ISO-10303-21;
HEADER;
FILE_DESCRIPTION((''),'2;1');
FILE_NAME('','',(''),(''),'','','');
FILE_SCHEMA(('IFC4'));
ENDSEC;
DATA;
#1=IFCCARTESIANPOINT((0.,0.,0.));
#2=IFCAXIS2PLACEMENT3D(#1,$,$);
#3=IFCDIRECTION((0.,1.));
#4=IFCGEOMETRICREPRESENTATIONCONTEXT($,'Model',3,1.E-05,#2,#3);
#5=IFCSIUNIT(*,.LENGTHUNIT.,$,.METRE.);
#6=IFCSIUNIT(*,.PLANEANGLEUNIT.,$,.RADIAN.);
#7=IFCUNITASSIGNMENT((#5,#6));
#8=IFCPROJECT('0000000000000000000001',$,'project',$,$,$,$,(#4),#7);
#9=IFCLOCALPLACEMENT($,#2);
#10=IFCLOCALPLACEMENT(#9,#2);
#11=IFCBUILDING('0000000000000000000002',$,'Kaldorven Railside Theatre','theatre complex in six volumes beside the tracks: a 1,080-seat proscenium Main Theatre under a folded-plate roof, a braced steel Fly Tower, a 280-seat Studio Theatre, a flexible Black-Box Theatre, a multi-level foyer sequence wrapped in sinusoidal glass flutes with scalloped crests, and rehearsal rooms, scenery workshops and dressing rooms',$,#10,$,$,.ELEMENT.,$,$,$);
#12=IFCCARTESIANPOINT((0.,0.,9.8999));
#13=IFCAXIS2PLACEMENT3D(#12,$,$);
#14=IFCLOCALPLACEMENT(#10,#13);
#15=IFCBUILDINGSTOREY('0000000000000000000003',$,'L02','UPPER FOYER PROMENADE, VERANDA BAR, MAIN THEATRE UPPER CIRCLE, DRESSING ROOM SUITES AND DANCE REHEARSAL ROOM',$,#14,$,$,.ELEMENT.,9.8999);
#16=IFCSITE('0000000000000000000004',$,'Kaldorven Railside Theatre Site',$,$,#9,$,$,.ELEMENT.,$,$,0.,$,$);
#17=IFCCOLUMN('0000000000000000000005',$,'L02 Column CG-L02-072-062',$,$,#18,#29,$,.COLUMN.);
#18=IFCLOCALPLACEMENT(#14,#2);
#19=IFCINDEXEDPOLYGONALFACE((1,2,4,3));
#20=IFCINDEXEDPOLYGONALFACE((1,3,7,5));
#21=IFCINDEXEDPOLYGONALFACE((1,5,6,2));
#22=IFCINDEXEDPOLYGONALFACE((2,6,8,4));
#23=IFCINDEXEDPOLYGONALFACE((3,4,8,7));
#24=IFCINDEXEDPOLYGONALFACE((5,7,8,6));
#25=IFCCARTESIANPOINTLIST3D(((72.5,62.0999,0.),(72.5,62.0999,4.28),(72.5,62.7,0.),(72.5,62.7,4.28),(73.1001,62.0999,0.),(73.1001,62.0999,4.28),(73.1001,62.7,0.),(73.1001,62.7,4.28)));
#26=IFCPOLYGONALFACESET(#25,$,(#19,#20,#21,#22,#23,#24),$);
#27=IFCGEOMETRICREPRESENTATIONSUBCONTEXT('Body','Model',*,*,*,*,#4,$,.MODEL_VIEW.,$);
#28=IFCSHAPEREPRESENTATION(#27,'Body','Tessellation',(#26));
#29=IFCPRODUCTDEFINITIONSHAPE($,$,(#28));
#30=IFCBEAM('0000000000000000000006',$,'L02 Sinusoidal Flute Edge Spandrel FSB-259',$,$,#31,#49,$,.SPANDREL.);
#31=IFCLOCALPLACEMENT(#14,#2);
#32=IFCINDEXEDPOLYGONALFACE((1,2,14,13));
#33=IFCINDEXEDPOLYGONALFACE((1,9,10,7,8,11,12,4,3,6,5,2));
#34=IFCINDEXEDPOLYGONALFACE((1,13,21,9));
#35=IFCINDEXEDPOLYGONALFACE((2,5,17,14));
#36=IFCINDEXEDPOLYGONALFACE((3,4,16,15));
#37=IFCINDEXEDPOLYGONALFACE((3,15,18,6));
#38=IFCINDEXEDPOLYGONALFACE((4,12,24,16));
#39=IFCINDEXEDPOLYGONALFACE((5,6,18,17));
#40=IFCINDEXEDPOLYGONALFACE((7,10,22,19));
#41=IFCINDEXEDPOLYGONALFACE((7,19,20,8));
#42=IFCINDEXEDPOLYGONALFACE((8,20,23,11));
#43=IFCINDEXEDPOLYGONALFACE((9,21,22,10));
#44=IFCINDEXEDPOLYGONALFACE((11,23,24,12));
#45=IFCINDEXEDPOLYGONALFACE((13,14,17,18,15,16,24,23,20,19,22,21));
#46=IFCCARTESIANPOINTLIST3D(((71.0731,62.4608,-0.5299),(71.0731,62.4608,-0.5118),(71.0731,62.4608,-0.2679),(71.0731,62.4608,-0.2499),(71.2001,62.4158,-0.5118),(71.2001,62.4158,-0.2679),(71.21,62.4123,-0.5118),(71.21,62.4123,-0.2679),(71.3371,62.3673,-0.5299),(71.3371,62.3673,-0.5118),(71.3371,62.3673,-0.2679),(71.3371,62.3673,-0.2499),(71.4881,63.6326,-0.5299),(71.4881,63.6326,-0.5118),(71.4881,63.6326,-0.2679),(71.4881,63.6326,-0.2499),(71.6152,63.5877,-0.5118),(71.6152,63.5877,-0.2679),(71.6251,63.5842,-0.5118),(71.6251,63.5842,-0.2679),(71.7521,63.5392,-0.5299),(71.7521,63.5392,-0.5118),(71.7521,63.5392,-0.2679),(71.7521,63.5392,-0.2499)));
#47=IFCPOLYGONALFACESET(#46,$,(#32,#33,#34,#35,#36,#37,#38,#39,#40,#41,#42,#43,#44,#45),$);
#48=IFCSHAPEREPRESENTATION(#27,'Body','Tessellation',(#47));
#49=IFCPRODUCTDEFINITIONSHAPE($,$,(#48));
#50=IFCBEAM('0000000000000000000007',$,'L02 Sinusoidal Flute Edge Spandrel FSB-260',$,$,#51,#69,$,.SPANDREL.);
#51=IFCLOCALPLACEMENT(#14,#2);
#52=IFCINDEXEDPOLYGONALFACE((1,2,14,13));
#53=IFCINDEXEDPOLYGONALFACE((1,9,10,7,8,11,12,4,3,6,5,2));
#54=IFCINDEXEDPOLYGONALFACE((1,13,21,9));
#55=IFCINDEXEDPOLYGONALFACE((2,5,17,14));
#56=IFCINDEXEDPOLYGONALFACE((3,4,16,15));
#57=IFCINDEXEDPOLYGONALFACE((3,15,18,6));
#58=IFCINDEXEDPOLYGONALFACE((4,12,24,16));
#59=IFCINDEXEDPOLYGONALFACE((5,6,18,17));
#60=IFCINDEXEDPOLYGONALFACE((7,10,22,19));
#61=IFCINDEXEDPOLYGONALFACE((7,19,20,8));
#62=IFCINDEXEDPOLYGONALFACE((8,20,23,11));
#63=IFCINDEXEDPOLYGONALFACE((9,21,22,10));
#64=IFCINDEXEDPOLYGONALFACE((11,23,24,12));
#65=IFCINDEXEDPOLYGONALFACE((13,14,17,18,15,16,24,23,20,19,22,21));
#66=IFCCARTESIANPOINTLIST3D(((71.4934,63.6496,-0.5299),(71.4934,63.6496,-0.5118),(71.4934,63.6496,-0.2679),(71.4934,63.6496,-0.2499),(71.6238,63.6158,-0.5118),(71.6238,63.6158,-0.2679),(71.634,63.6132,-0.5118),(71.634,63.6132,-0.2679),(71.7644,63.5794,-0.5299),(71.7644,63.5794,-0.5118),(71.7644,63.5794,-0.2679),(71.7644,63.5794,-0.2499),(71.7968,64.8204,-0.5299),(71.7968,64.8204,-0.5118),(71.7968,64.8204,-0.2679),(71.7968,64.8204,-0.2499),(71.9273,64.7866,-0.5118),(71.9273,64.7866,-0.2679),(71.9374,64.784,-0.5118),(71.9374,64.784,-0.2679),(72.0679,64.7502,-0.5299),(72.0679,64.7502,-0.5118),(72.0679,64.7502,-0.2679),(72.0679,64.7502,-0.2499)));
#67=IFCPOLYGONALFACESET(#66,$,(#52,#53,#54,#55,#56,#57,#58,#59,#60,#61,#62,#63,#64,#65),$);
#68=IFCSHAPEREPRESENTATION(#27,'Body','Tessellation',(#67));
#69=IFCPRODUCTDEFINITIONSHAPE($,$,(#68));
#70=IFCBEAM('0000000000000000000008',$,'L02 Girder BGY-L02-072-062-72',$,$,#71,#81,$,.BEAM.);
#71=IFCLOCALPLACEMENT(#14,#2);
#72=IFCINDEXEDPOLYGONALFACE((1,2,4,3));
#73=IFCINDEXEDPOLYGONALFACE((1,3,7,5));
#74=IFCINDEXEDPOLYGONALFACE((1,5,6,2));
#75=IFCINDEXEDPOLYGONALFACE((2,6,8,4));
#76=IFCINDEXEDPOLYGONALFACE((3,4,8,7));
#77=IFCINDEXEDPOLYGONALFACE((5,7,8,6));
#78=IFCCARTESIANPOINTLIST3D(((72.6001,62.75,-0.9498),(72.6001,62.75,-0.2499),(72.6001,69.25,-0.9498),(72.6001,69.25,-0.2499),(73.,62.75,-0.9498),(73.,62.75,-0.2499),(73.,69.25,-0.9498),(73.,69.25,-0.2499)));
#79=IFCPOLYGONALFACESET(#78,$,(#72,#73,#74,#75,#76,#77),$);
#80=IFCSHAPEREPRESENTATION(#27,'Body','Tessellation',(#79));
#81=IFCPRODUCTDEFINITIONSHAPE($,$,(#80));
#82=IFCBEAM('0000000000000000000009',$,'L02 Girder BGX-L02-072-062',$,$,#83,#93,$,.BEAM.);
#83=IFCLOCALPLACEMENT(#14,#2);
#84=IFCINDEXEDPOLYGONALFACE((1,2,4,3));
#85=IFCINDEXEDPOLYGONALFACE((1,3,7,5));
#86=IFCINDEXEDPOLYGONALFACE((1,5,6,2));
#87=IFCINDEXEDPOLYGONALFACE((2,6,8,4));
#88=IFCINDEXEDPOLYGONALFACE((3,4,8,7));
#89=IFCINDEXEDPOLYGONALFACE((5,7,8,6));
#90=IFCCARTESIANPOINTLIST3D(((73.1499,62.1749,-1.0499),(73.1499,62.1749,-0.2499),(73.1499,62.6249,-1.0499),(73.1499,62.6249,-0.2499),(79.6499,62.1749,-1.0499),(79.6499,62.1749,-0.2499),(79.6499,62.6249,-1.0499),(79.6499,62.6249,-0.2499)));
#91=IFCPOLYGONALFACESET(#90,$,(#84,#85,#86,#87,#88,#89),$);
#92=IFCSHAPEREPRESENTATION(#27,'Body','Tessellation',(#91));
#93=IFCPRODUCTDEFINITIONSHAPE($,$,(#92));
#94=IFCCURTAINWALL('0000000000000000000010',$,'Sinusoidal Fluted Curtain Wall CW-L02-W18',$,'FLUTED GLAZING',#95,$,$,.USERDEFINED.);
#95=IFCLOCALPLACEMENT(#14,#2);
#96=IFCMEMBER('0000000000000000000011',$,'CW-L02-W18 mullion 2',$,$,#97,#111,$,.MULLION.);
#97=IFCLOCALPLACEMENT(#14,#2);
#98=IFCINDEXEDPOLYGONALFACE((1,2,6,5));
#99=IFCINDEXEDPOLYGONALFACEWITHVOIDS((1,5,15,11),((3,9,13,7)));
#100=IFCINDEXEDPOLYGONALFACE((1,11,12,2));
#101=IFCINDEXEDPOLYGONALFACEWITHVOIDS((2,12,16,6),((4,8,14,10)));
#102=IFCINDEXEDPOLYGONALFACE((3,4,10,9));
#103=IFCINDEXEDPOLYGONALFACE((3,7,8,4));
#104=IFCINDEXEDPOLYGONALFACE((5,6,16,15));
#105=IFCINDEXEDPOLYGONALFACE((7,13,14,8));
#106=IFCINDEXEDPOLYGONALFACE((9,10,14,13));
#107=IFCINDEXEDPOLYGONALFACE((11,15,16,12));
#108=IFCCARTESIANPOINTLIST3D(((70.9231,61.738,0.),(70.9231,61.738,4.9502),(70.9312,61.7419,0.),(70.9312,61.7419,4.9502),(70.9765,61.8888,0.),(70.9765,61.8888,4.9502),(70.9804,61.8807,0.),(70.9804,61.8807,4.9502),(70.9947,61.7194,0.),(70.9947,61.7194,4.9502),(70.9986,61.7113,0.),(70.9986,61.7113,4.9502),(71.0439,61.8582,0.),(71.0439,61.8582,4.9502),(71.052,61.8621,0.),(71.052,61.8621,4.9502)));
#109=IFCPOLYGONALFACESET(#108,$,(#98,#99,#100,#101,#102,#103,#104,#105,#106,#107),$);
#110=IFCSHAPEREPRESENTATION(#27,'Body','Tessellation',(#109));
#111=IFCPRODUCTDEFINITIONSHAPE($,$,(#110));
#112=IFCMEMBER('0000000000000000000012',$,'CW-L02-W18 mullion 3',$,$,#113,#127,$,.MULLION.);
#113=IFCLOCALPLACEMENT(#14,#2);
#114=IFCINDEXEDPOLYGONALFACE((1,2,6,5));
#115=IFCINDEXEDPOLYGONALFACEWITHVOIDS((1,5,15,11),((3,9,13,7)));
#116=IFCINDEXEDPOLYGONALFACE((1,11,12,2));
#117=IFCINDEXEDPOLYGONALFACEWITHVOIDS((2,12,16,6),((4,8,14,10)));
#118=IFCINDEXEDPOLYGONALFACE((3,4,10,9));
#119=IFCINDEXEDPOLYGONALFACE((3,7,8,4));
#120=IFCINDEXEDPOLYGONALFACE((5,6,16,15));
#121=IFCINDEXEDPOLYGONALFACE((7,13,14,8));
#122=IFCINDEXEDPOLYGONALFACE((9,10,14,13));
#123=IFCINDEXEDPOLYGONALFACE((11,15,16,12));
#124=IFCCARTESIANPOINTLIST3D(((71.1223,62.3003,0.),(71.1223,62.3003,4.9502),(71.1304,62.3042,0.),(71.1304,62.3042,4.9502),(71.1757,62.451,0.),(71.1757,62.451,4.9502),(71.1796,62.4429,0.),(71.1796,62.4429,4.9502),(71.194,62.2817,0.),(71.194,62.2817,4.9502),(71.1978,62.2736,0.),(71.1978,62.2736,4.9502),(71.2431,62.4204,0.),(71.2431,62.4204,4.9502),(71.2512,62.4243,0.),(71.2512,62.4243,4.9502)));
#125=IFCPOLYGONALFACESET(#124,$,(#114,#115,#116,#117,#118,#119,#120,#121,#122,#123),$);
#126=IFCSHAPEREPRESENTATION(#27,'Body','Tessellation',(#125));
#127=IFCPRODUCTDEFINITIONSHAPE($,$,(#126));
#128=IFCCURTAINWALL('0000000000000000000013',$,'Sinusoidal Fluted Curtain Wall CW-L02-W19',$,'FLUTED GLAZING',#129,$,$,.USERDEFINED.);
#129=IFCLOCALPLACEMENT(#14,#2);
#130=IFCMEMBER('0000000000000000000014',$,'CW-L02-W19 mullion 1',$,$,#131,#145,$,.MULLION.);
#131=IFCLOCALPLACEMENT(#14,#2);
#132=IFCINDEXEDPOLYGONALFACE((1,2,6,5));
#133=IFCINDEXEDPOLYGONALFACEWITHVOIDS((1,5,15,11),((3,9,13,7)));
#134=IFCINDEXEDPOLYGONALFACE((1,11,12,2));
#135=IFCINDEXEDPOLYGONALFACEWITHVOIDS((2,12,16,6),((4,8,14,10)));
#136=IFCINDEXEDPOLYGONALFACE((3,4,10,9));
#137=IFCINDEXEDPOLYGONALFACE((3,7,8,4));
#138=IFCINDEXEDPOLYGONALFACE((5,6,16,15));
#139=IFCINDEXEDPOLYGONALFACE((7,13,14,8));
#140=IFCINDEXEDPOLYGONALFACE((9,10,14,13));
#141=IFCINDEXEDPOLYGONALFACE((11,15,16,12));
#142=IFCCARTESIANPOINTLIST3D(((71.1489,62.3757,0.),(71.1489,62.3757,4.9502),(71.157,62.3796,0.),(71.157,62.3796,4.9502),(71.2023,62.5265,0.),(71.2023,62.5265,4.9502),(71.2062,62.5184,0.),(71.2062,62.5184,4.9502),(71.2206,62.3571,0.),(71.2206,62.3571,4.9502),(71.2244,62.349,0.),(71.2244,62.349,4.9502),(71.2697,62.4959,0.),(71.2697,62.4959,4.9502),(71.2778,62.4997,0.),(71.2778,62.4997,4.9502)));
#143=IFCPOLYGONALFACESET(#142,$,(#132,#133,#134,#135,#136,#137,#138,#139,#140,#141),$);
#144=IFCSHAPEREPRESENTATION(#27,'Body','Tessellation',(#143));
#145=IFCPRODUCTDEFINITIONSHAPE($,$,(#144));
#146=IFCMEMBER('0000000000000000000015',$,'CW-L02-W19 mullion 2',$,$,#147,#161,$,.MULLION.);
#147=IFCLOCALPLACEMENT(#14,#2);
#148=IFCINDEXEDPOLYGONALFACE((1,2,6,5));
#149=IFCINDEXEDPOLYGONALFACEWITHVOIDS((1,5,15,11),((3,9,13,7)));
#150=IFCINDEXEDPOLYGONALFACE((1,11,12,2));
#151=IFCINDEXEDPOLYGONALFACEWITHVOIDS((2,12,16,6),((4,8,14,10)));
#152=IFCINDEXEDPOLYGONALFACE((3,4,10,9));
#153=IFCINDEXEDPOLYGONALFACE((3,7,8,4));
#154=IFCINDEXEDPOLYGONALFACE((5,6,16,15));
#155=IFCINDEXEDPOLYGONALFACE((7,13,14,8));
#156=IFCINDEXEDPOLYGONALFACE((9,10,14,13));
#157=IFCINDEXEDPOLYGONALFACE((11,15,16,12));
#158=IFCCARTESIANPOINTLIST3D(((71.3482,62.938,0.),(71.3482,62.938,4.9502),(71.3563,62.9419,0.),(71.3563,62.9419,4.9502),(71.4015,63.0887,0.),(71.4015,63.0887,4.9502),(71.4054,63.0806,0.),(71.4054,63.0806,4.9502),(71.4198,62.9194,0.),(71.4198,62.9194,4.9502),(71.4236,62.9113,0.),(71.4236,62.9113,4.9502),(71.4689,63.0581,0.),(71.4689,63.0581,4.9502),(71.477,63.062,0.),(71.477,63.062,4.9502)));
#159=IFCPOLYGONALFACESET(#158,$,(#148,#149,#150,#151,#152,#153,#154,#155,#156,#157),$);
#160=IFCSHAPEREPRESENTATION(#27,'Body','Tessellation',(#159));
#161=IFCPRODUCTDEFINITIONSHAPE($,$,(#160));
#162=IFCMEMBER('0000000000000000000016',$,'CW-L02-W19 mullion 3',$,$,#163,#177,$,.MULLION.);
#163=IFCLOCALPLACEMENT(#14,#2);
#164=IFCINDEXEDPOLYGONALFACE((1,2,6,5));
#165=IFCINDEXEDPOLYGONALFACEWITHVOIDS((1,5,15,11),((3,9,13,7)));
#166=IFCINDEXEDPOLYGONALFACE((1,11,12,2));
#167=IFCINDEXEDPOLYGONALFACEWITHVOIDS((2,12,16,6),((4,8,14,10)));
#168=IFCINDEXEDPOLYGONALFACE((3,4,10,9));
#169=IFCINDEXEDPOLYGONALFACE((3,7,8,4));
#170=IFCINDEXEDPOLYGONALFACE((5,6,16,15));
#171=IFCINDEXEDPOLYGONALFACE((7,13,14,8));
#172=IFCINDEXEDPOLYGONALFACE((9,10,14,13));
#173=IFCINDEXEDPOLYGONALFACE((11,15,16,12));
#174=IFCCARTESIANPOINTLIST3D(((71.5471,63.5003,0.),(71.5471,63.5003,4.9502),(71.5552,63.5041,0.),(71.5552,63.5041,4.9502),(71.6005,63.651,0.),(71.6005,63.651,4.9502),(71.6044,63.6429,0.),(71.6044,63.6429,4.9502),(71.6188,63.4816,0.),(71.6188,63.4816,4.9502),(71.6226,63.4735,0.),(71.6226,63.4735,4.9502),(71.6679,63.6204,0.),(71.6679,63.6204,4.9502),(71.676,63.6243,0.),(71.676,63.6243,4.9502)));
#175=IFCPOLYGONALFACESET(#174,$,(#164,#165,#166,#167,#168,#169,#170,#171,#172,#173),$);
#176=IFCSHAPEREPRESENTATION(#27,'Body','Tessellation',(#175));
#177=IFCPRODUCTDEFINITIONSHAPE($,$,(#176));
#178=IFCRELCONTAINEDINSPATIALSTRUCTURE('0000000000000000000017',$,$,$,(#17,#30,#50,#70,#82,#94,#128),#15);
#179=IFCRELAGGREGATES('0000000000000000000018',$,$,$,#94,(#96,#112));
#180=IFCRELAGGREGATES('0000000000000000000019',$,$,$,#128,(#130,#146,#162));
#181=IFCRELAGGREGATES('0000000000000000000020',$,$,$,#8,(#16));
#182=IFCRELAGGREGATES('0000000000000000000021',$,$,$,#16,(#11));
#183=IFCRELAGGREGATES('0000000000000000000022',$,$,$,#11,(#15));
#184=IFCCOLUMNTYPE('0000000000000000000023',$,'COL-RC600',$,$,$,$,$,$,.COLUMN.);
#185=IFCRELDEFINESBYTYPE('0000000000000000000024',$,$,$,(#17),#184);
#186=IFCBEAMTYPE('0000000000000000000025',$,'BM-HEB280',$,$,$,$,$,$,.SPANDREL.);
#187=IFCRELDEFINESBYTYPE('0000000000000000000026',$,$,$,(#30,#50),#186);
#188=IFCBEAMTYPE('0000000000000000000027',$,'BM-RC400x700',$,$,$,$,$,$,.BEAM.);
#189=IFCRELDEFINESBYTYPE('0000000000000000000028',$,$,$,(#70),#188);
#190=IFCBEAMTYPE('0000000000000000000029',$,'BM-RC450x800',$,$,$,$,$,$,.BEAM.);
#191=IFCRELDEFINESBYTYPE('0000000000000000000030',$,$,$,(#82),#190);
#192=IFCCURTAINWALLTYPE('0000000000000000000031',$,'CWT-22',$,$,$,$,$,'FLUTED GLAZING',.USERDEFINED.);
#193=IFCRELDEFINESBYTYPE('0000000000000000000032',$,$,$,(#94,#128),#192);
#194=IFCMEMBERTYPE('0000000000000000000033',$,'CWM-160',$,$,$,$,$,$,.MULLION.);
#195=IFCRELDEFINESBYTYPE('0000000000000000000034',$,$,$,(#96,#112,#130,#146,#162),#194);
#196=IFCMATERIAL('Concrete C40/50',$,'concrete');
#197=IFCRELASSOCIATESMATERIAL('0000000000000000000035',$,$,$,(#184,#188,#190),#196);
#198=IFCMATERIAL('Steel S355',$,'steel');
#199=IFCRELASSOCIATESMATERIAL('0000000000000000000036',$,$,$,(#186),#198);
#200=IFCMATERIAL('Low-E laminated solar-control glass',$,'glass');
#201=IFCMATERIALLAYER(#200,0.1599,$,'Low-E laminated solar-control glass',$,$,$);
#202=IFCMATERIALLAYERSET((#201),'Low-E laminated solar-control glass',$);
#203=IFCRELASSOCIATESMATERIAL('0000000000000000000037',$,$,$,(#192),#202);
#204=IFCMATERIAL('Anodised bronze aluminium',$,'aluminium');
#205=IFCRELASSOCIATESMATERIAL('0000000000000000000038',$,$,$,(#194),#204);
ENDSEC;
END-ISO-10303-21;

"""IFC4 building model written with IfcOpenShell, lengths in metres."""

from ifc_helpers import new_model, si_unit, direction, frame, origin, origin_2d, place, context, subcontext, project, spatial, rectangle, hollow_rectangle, i_section, extrude, material, layer, layer_set, material_profile, profile_set, type_object, element, aggregate, save


model = new_model("IFC4")

# Units and contexts
model_context = context("Model", 3, precision=1e-05, world=origin(), true_north=direction((0.0, 1.0)))
body_context = subcontext(model_context, "Body", "Model", "MODEL_VIEW")
ifc_project = project(units=[si_unit("LENGTHUNIT", "METRE"), si_unit("PLANEANGLEUNIT", "RADIAN")], contexts=[model_context])

# Site, building, storey
site_placement = place(None, origin())
site = spatial("IfcSite", under=ifc_project, at=site_placement, Name="Kaldorven Railside Theatre Site", CompositionType="ELEMENT", RefElevation=0.0)
building_placement = place(site_placement, origin())
building = spatial("IfcBuilding", under=site, at=building_placement, Name="Kaldorven Railside Theatre", Description="theatre complex in six volumes beside the tracks: a 1,080-seat proscenium Main Theatre under a folded-plate roof, a braced steel Fly Tower, a 280-seat Studio Theatre, a flexible Black-Box Theatre, a multi-level foyer sequence wrapped in sinusoidal glass flutes with scalloped crests, and rehearsal rooms, scenery workshops and dressing rooms", CompositionType="ELEMENT")
storey_placement = place(building_placement, frame((0.0, 0.0, 9.8999)))
storey = spatial("IfcBuildingStorey", under=building, at=storey_placement, Name="L02", Description="UPPER FOYER PROMENADE, VERANDA BAR, MAIN THEATRE UPPER CIRCLE, DRESSING ROOM SUITES AND DANCE REHEARSAL ROOM", CompositionType="ELEMENT", Elevation=9.8999)

# Column
ifc_material_1 = material(Name="Concrete C40/50", Category="concrete")
ifc_material_profile_1 = material_profile(ifc_material_1, rectangle(XDim=0.6001, YDim=0.6001, at=origin_2d()), Name="RC 600x600")
ifc_profile_set_1 = profile_set([ifc_material_profile_1], Name="Concrete C40/50")
column_type = type_object("IfcColumnType", Name="COL-RC600", PredefinedType="COLUMN", material=ifc_profile_set_1)
column_placement = place(storey_placement, frame((72.8, 62.3999, 0.0), z_axis=(0.0, 0.0, 1.0), x_axis=(0.0, 1.0, 0.0)))
element("IfcColumn", 1, at=column_placement, inside=storey, type_object=column_type, Name="L02 Column CG-L02-072-062", PredefinedType="COLUMN", context=body_context, shape_type="SweptSolid", body=[
    extrude(rectangle(XDim=0.6001, YDim=0.6001, at=origin_2d()), origin(), (0.0, 0.0, 1.0), 4.28),
])

# Beams
ifc_material_2 = material(Name="Steel S355", Category="steel")
ifc_material_profile_2 = material_profile(ifc_material_2, i_section(OverallWidth=0.28, OverallDepth=0.28, WebThickness=0.0105, FlangeThickness=0.0181, at=origin_2d()), Name="HEB 280")
ifc_profile_set_2 = profile_set([ifc_material_profile_2], Name="Steel S355")
beam_type_1 = type_object("IfcBeamType", Name="BM-HEB280", PredefinedType="SPANDREL", material=ifc_profile_set_2)
beam_1_placement = place(storey_placement, frame((71.2051, 62.4141, -0.3899), z_axis=(0.333847, 0.942627, 0.0), x_axis=(-0.942627, 0.333847, 0.0)))
element("IfcBeam", 2, at=beam_1_placement, inside=storey, type_object=beam_type_1, Name="L02 Sinusoidal Flute Edge Spandrel FSB-259", PredefinedType="SPANDREL", context=body_context, shape_type="SweptSolid", body=[
    extrude(i_section(OverallWidth=0.28, OverallDepth=0.28, WebThickness=0.0105, FlangeThickness=0.0181, at=origin_2d()), origin(), (0.0, 0.0, 1.0), 1.2432),
])
beam_2_placement = place(storey_placement, frame((71.6289, 63.6145, -0.3899), z_axis=(0.250885, 0.968017, 0.0), x_axis=(-0.968017, 0.250885, 0.0)))
element("IfcBeam", 3, at=beam_2_placement, inside=storey, type_object=beam_type_1, Name="L02 Sinusoidal Flute Edge Spandrel FSB-260", PredefinedType="SPANDREL", context=body_context, shape_type="SweptSolid", body=[
    extrude(i_section(OverallWidth=0.28, OverallDepth=0.28, WebThickness=0.0105, FlangeThickness=0.0181, at=origin_2d()), origin(), (0.0, 0.0, 1.0), 1.2095),
])
ifc_material_profile_3 = material_profile(ifc_material_1, rectangle(XDim=0.3999, YDim=0.7, at=origin_2d()), Name="RC 400x700")
ifc_profile_set_3 = profile_set([ifc_material_profile_3], Name="Concrete C40/50")
beam_type_2 = type_object("IfcBeamType", Name="BM-RC400x700", PredefinedType="BEAM", material=ifc_profile_set_3)
beam_3_placement = place(storey_placement, frame((72.8, 62.75, -0.5999), z_axis=(0.0, 1.0, 0.0), x_axis=(-1.0, 0.0, 0.0)))
element("IfcBeam", 4, at=beam_3_placement, inside=storey, type_object=beam_type_2, Name="L02 Girder BGY-L02-072-062-72", PredefinedType="BEAM", context=body_context, shape_type="SweptSolid", body=[
    extrude(rectangle(XDim=0.3999, YDim=0.7, at=origin_2d()), origin(), (0.0, 0.0, 1.0), 6.5),
])
ifc_material_profile_4 = material_profile(ifc_material_1, rectangle(XDim=0.45, YDim=0.8, at=origin_2d()), Name="RC 450x800")
ifc_profile_set_4 = profile_set([ifc_material_profile_4], Name="Concrete C40/50")
beam_type_3 = type_object("IfcBeamType", Name="BM-RC450x800", PredefinedType="BEAM", material=ifc_profile_set_4)
beam_4_placement = place(storey_placement, frame((73.1499, 62.3999, -0.6499), z_axis=(1.0, 0.0, 0.0), x_axis=(0.0, 1.0, 0.0)))
element("IfcBeam", 5, at=beam_4_placement, inside=storey, type_object=beam_type_3, Name="L02 Girder BGX-L02-072-062", PredefinedType="BEAM", context=body_context, shape_type="SweptSolid", body=[
    extrude(rectangle(XDim=0.45, YDim=0.8, at=origin_2d()), origin(), (0.0, 0.0, 1.0), 6.5),
])

# Curtain walls, members
ifc_material_3 = material(Name="Low-E laminated solar-control glass", Category="glass")
ifc_layer_1 = layer(ifc_material_3, 0.1599, Name="Low-E laminated solar-control glass")
ifc_layer_set_1 = layer_set([ifc_layer_1], Name="Low-E laminated solar-control glass")
curtain_wall_type_1 = type_object("IfcCurtainWallType", Name="CWT-22", ElementType="FLUTED GLAZING", PredefinedType="USERDEFINED", material=ifc_layer_set_1)
curtain_wall_1_placement = place(storey_placement, origin())
curtain_wall_1 = element("IfcCurtainWall", 6, at=curtain_wall_1_placement, inside=storey, type_object=curtain_wall_type_1, Name="Sinusoidal Fluted Curtain Wall CW-L02-W18", ObjectType="FLUTED GLAZING", PredefinedType="USERDEFINED")
ifc_material_4 = material(Name="Anodised bronze aluminium", Category="aluminium")
ifc_material_profile_5 = material_profile(ifc_material_4, hollow_rectangle(XDim=0.0801, YDim=0.1599, WallThickness=0.0063, at=origin_2d()), Name="RHS 160x80x6.3")
ifc_profile_set_5 = profile_set([ifc_material_profile_5], Name="Anodised bronze aluminium")
member_type_1 = type_object("IfcMemberType", Name="CWM-160", PredefinedType="MULLION", material=ifc_profile_set_5)
member_1_placement = place(storey_placement, frame((70.9875, 61.8, 0.0), z_axis=(0.0, 0.0, 1.0), x_axis=(-0.942627, 0.333847, 0.0)))
member_1 = element("IfcMember", 7, at=member_1_placement, type_object=member_type_1, Name="CW-L02-W18 mullion 2", PredefinedType="MULLION", context=body_context, shape_type="SweptSolid", body=[
    extrude(hollow_rectangle(XDim=0.0801, YDim=0.1599, WallThickness=0.0063, at=origin_2d()), origin(), (0.0, 0.0, 1.0), 4.9502),
])
member_2_placement = place(storey_placement, frame((71.1868, 62.3623, 0.0), z_axis=(0.0, 0.0, 1.0), x_axis=(-0.942627, 0.333847, 0.0)))
member_2 = element("IfcMember", 8, at=member_2_placement, type_object=member_type_1, Name="CW-L02-W18 mullion 3", PredefinedType="MULLION", context=body_context, shape_type="SweptSolid", body=[
    extrude(hollow_rectangle(XDim=0.0801, YDim=0.1599, WallThickness=0.0063, at=origin_2d()), origin(), (0.0, 0.0, 1.0), 4.9502),
])
curtain_wall_2_placement = place(storey_placement, origin())
curtain_wall_2 = element("IfcCurtainWall", 9, at=curtain_wall_2_placement, inside=storey, type_object=curtain_wall_type_1, Name="Sinusoidal Fluted Curtain Wall CW-L02-W19", ObjectType="FLUTED GLAZING", PredefinedType="USERDEFINED")
member_3_placement = place(storey_placement, frame((71.2134, 62.4377, 0.0), z_axis=(0.0, 0.0, 1.0), x_axis=(-0.942627, 0.333847, 0.0)))
member_3 = element("IfcMember", 10, at=member_3_placement, type_object=member_type_1, Name="CW-L02-W19 mullion 1", PredefinedType="MULLION", context=body_context, shape_type="SweptSolid", body=[
    extrude(hollow_rectangle(XDim=0.0801, YDim=0.1599, WallThickness=0.0063, at=origin_2d()), origin(), (0.0, 0.0, 1.0), 4.9502),
])
member_4_placement = place(storey_placement, frame((71.4126, 63.0, 0.0), z_axis=(0.0, 0.0, 1.0), x_axis=(-0.942627, 0.333847, 0.0)))
member_4 = element("IfcMember", 11, at=member_4_placement, type_object=member_type_1, Name="CW-L02-W19 mullion 2", PredefinedType="MULLION", context=body_context, shape_type="SweptSolid", body=[
    extrude(hollow_rectangle(XDim=0.0801, YDim=0.1599, WallThickness=0.0063, at=origin_2d()), origin(), (0.0, 0.0, 1.0), 4.9502),
])
member_5_placement = place(storey_placement, frame((71.6116, 63.5623, 0.0), z_axis=(0.0, 0.0, 1.0), x_axis=(-0.942627, 0.333847, 0.0)))
member_5 = element("IfcMember", 12, at=member_5_placement, type_object=member_type_1, Name="CW-L02-W19 mullion 3", PredefinedType="MULLION", context=body_context, shape_type="SweptSolid", body=[
    extrude(hollow_rectangle(XDim=0.0801, YDim=0.1599, WallThickness=0.0063, at=origin_2d()), origin(), (0.0, 0.0, 1.0), 4.9502),
])

aggregate(curtain_wall_1, [member_1, member_2])
aggregate(curtain_wall_2, [member_3, member_4, member_5])

save(model, "model.ifc")
